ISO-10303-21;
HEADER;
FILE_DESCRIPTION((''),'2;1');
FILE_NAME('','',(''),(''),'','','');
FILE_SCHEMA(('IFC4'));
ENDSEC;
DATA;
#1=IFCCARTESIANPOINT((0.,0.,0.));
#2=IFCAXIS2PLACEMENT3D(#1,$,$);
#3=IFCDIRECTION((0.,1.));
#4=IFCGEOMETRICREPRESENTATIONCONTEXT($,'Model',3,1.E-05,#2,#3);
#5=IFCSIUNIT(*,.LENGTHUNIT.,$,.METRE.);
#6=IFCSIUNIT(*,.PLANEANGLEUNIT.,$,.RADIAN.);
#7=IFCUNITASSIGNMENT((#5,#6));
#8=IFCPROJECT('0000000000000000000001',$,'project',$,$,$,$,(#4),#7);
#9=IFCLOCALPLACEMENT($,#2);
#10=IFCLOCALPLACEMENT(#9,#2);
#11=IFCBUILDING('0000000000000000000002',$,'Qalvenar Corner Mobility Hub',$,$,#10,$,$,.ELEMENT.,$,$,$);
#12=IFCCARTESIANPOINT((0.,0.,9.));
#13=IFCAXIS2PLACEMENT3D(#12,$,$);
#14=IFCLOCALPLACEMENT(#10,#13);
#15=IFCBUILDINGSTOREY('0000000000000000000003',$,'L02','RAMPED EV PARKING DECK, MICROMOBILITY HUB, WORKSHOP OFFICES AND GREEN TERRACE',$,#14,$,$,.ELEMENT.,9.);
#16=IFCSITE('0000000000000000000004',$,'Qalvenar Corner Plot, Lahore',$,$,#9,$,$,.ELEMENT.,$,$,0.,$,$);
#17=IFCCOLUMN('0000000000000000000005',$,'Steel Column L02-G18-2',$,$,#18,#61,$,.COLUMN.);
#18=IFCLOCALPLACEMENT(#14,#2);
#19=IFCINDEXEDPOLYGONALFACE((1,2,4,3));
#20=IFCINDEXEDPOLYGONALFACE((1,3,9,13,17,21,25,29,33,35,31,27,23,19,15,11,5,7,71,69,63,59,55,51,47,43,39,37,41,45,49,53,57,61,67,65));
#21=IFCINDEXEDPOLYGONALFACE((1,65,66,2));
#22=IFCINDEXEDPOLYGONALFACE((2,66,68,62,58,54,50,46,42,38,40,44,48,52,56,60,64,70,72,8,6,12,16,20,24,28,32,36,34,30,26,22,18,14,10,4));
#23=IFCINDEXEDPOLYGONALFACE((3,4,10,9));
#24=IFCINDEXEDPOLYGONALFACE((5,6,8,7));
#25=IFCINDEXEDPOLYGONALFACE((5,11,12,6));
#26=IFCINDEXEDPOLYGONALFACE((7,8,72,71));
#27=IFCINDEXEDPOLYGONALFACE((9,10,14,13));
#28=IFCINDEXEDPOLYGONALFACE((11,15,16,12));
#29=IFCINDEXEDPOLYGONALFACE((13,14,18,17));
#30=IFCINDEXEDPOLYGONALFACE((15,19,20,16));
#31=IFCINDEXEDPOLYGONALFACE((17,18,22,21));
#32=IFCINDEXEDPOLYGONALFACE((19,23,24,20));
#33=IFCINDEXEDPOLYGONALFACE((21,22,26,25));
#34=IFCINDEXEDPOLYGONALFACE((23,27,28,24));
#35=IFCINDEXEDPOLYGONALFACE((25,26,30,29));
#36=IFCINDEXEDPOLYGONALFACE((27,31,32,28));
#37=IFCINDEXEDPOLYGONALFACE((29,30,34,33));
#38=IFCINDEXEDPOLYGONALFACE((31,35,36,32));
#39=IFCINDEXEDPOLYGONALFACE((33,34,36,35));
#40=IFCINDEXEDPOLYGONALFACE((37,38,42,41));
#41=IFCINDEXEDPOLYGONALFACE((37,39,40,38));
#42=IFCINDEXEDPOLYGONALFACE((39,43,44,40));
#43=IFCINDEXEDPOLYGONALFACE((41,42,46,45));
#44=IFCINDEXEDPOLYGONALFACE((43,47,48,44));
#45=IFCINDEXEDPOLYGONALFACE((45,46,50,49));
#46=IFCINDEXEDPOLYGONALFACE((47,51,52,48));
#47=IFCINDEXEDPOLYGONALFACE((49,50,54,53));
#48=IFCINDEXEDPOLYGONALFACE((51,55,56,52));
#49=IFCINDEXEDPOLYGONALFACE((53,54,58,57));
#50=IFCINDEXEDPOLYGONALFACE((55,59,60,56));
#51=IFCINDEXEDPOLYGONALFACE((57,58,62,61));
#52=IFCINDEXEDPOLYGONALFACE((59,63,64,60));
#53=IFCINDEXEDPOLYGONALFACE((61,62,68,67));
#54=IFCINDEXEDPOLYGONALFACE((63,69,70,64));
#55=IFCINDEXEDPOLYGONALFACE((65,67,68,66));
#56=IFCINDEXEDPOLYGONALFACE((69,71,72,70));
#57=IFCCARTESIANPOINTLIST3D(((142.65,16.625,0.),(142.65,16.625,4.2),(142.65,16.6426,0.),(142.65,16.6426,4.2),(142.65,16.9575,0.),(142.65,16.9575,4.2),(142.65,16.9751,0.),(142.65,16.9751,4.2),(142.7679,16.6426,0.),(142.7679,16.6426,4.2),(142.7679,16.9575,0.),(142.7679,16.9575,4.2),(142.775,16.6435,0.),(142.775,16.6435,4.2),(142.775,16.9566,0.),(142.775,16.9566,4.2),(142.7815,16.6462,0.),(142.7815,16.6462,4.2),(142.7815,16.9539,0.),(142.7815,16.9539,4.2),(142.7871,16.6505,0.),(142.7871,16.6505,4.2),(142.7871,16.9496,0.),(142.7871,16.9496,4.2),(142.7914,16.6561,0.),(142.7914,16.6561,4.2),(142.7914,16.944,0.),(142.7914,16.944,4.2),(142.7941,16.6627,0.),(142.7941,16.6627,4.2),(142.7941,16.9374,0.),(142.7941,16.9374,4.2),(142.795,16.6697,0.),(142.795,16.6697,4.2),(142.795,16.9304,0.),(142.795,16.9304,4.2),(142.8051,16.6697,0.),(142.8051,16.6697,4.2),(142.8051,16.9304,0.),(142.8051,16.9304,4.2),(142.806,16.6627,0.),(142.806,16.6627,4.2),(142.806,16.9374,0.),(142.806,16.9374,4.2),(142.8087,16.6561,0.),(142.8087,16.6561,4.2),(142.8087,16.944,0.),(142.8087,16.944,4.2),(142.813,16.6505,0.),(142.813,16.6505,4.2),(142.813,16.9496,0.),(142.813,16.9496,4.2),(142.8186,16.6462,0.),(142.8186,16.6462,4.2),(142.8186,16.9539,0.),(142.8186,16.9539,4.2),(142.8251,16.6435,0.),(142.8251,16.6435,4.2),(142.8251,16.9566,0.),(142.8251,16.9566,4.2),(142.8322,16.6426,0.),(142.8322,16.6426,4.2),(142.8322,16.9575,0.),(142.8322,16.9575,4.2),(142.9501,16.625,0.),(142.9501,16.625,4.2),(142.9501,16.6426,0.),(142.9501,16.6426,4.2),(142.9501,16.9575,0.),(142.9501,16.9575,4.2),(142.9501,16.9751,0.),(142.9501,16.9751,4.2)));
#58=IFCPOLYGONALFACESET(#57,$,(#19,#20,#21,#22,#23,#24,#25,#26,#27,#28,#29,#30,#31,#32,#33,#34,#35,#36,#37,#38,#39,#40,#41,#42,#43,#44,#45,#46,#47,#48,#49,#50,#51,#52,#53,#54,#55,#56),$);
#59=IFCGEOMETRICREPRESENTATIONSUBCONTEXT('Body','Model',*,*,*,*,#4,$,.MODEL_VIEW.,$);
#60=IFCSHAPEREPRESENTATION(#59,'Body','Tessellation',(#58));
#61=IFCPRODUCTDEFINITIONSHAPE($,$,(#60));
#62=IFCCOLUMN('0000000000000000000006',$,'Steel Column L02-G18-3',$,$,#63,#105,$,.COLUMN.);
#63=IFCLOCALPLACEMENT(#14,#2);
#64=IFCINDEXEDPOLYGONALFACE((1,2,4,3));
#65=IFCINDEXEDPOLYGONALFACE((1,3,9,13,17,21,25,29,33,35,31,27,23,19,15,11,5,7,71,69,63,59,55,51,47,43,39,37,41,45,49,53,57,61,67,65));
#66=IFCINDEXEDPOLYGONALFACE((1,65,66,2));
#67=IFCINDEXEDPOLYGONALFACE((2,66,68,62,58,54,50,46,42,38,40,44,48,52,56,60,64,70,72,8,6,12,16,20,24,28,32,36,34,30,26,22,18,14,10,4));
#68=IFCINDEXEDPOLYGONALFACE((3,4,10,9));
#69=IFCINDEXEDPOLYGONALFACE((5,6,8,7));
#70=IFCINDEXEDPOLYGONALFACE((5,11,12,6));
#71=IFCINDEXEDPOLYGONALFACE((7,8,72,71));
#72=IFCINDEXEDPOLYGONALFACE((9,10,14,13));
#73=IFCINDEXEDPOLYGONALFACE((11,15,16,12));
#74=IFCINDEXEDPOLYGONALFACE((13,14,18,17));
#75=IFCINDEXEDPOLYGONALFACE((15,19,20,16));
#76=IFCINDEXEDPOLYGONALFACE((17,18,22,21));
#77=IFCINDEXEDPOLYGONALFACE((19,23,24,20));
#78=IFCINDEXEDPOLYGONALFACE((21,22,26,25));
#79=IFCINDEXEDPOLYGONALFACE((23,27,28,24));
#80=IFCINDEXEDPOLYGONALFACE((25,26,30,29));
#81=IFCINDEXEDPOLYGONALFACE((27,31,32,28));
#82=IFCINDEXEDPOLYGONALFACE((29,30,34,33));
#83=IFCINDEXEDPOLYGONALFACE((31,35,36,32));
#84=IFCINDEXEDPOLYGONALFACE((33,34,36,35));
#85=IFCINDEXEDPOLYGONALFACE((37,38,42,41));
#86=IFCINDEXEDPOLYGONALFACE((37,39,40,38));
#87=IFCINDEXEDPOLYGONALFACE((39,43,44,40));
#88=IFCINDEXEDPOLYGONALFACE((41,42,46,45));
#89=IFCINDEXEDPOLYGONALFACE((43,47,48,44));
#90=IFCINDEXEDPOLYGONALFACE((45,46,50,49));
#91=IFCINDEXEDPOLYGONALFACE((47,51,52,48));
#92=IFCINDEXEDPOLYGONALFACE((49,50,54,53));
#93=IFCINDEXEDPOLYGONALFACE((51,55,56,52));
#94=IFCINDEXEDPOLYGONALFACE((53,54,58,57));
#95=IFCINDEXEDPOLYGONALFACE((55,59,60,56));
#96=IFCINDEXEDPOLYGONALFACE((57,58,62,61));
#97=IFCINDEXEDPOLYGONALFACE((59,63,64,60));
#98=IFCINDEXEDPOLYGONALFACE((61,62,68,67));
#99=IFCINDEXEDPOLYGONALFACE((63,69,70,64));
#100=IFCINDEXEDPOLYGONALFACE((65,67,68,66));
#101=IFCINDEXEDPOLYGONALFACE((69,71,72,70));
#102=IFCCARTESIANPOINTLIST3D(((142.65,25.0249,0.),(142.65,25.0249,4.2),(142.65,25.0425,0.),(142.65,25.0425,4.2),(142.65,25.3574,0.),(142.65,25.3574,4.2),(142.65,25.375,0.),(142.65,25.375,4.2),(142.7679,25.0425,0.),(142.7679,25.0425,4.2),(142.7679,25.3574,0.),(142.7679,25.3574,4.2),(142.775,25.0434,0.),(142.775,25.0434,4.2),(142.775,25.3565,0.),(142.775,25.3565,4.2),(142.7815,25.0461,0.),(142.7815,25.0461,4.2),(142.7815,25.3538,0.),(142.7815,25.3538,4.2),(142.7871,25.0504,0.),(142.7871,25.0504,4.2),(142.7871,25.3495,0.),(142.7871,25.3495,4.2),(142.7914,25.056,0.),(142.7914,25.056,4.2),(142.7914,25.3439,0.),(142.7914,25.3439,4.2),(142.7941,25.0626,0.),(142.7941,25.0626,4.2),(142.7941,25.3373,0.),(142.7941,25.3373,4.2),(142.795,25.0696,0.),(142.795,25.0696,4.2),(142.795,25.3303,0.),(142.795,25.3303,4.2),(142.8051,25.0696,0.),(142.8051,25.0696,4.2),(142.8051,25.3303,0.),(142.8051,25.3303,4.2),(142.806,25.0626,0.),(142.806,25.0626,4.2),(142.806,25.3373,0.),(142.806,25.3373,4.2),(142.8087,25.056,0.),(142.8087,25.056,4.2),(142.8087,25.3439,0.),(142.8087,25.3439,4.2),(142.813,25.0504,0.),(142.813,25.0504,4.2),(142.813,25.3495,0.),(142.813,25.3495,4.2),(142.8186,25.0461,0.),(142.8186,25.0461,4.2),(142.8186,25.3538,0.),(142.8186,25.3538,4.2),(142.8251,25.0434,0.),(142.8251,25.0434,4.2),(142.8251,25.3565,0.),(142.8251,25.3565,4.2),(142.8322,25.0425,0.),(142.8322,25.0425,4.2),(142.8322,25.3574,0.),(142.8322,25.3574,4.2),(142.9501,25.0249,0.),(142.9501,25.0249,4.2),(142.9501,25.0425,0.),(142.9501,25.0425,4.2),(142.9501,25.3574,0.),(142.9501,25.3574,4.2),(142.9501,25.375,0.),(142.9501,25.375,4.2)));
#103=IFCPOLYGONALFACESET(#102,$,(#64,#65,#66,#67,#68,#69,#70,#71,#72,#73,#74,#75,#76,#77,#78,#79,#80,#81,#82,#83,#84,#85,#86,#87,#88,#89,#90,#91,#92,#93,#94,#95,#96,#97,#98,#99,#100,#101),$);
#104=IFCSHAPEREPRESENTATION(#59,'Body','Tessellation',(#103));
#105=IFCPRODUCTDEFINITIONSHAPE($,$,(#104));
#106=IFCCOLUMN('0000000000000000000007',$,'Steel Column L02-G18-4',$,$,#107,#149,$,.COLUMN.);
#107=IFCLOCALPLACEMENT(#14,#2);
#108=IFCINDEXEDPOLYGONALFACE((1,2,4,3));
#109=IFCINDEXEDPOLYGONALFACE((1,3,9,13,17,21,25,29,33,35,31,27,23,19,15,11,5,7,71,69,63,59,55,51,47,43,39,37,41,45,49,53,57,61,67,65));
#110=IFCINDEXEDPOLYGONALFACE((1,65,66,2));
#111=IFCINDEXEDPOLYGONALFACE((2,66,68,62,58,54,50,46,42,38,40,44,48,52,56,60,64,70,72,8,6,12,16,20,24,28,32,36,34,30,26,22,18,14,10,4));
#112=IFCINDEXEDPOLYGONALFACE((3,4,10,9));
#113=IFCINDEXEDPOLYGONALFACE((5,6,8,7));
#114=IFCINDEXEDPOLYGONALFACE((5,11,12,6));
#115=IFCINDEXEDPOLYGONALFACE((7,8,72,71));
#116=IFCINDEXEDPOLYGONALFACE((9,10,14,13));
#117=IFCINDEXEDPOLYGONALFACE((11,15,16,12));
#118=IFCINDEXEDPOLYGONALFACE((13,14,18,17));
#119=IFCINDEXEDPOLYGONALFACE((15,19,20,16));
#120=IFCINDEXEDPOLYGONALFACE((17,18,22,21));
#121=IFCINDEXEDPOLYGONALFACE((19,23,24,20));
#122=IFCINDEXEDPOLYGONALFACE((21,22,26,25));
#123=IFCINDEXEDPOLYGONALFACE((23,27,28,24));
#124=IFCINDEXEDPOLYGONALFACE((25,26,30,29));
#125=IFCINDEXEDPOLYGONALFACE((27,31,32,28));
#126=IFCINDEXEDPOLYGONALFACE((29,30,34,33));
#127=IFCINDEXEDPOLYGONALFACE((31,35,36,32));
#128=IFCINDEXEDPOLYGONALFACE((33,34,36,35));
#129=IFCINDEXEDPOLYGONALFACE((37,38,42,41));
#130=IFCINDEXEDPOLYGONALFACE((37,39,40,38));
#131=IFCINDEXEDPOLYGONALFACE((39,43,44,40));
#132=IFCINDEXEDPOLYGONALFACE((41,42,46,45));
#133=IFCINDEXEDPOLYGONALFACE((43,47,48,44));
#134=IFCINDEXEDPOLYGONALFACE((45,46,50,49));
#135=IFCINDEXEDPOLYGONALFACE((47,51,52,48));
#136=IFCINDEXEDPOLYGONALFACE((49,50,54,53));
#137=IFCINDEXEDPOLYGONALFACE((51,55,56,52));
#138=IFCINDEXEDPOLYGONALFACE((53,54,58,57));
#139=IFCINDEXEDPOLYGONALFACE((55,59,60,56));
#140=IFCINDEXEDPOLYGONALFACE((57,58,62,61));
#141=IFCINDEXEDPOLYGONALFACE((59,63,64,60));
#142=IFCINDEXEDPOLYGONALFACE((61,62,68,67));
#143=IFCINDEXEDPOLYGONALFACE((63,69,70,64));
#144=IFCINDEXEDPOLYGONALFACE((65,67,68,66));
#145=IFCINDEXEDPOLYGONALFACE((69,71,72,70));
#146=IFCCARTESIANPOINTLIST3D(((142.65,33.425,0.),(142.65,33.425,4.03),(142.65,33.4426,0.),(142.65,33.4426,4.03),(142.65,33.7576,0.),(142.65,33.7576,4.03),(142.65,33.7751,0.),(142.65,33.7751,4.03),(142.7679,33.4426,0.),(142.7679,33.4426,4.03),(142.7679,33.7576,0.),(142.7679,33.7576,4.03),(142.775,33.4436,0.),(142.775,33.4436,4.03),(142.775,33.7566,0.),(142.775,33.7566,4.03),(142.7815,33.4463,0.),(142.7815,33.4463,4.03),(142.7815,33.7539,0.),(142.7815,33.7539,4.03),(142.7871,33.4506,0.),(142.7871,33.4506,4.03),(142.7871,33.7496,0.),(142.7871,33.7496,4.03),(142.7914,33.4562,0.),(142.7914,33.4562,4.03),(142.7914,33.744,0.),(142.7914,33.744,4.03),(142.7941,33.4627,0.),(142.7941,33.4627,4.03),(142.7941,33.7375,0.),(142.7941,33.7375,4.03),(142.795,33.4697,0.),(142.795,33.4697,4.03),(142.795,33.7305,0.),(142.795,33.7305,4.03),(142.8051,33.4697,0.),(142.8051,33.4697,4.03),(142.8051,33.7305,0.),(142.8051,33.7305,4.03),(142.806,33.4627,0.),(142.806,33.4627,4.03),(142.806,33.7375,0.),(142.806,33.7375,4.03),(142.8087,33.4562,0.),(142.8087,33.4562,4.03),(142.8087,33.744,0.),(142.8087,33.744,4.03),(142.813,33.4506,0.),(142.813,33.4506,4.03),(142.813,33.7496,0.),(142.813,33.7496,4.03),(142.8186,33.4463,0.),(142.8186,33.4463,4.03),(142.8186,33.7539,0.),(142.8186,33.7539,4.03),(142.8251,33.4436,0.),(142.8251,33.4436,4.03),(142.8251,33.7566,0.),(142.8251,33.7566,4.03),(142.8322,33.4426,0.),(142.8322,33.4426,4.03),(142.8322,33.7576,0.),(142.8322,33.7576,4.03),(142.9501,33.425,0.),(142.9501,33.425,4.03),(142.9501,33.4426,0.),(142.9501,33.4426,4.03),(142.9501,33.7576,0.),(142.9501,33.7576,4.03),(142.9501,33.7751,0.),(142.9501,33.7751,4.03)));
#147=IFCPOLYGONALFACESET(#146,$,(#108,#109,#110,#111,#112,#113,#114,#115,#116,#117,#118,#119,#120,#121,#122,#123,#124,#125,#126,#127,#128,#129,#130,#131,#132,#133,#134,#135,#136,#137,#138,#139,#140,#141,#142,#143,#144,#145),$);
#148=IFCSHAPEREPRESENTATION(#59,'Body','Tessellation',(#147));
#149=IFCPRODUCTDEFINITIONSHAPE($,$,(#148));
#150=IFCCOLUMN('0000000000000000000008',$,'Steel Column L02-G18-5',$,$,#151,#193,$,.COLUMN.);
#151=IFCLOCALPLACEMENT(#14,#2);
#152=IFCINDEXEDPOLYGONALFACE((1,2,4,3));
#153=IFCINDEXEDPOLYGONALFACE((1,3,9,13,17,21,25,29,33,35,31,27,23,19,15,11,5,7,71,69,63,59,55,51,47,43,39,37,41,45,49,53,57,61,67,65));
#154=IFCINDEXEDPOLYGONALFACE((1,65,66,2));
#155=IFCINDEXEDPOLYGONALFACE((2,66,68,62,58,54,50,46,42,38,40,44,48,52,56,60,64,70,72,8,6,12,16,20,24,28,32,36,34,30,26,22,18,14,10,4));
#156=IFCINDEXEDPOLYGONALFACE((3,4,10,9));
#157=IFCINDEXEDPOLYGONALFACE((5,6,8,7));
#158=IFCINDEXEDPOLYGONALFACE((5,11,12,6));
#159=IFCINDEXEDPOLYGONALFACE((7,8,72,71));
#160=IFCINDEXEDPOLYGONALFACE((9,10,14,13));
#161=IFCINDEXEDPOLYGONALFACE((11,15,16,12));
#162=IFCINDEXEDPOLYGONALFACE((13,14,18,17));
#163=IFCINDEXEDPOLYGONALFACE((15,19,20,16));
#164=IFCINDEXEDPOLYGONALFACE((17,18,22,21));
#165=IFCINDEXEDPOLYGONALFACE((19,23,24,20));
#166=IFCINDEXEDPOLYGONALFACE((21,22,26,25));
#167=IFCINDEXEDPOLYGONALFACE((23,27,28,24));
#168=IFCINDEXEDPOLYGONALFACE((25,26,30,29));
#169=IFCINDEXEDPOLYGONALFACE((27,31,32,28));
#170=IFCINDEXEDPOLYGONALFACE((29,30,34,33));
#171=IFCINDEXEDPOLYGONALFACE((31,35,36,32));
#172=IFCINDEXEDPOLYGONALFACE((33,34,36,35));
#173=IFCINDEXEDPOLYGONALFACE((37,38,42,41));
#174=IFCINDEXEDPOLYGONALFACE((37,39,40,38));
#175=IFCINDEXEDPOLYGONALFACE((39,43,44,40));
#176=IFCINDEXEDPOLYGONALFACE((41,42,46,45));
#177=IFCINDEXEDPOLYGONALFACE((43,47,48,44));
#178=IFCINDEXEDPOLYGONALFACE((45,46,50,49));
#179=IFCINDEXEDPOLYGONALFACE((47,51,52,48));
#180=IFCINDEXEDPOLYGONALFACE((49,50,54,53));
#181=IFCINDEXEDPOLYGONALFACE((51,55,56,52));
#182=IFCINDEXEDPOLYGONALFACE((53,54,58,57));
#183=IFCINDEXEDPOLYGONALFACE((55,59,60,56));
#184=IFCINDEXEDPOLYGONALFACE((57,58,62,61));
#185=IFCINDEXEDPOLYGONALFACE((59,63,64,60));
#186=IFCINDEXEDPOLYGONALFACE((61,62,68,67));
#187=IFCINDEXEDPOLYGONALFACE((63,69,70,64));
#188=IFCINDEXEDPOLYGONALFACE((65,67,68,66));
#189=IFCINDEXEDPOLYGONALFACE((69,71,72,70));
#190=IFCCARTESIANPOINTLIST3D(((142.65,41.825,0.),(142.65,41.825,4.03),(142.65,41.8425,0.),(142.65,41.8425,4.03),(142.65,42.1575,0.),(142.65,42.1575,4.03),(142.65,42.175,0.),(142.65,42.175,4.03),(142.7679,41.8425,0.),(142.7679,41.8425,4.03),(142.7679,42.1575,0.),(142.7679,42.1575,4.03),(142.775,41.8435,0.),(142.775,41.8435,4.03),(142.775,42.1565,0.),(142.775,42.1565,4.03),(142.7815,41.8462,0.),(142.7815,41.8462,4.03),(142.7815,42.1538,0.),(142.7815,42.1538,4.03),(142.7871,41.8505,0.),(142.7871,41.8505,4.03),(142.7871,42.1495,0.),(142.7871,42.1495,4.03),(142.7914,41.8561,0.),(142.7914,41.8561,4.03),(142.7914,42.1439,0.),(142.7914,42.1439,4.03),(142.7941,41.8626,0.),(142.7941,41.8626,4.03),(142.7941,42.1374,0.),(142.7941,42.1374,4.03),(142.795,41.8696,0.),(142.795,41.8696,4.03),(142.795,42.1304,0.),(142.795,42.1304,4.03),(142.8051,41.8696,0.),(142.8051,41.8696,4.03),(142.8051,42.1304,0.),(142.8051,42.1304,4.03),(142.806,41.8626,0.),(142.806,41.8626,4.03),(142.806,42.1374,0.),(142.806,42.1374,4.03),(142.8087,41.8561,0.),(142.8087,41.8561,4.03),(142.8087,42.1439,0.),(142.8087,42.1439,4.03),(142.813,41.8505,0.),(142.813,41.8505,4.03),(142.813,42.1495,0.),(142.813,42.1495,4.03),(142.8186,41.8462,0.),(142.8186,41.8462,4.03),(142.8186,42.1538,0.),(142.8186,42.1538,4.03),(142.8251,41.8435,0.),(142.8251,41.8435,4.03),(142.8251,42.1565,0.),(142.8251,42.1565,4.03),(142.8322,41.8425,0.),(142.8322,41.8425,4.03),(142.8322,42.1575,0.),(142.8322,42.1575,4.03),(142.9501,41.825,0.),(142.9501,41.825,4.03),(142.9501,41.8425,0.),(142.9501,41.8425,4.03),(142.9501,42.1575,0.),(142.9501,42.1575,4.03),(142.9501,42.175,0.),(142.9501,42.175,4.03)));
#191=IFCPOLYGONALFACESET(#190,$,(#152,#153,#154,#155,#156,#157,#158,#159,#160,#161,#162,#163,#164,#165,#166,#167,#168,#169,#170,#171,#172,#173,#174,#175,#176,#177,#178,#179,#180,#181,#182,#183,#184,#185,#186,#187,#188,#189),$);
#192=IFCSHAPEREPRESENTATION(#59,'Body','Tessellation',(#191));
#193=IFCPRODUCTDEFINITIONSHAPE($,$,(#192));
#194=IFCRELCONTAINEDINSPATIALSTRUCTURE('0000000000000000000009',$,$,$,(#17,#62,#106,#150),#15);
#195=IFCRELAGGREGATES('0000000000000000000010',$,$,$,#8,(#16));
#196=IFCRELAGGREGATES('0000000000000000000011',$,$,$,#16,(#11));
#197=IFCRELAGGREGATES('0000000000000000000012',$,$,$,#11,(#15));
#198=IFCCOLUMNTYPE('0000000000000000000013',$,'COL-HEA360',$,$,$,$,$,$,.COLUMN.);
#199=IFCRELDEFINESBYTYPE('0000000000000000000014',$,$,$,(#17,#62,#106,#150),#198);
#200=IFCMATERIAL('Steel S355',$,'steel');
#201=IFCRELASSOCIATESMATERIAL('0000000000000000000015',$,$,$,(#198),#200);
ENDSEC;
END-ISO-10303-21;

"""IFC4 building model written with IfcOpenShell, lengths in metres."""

from ifc_helpers import new_model, si_unit, direction, frame, origin, origin_2d, place, context, subcontext, project, spatial, i_section, extrude, material, material_profile, profile_set, type_object, element, save


model = new_model("IFC4")

# Units and contexts
model_context = context("Model", 3, precision=1e-05, world=origin(), true_north=direction((0.0, 1.0)))
body_context = subcontext(model_context, "Body", "Model", "MODEL_VIEW")
ifc_project = project(units=[si_unit("LENGTHUNIT", "METRE"), si_unit("PLANEANGLEUNIT", "RADIAN")], contexts=[model_context])

# Site, building, storey
site_placement = place(None, origin())
site = spatial("IfcSite", under=ifc_project, at=site_placement, Name="Qalvenar Corner Plot, Lahore", CompositionType="ELEMENT", RefElevation=0.0)
building_placement = place(site_placement, origin())
building = spatial("IfcBuilding", under=site, at=building_placement, Name="Qalvenar Corner Mobility Hub", CompositionType="ELEMENT")
storey_placement = place(building_placement, frame((0.0, 0.0, 9.0)))
storey = spatial("IfcBuildingStorey", under=building, at=storey_placement, Name="L02", Description="RAMPED EV PARKING DECK, MICROMOBILITY HUB, WORKSHOP OFFICES AND GREEN TERRACE", CompositionType="ELEMENT", Elevation=9.0)

# Columns
ifc_material_1 = material(Name="Steel S355", Category="steel")
ifc_material_profile_1 = material_profile(ifc_material_1, i_section(OverallWidth=0.3, OverallDepth=0.3501, WebThickness=0.01, FlangeThickness=0.0176, FilletRadius=0.0271, at=origin_2d()), Name="HEA360")
ifc_profile_set_1 = profile_set([ifc_material_profile_1], Name="Steel S355")
column_type_1 = type_object("IfcColumnType", Name="COL-HEA360", PredefinedType="COLUMN", material=ifc_profile_set_1)
for number, where, z_axis, x_axis, name in (
    (1, (142.8, 16.8, 0.0), (0.0, 0.0, 1.0), (1.0, 0.0, 0.0), "Steel Column L02-G18-2"),
    (2, (142.8, 25.2, 0.0), (0.0, 0.0, 1.0), (1.0, 0.0, 0.0), "Steel Column L02-G18-3"),
):
    element("IfcColumn", number, at=place(storey_placement, frame(where, z_axis=z_axis, x_axis=x_axis)), inside=storey, type_object=column_type_1, Name=name, PredefinedType="COLUMN", context=body_context, shape_type="SweptSolid", body=[
        extrude(i_section(OverallWidth=0.3, OverallDepth=0.3501, WebThickness=0.01, FlangeThickness=0.0176, FilletRadius=0.0271, at=origin_2d()), origin(), (0.0, 0.0, 1.0), 4.2),
    ])
for number, where, z_axis, x_axis, name in (
    (3, (142.8, 33.6001, 0.0), (0.0, 0.0, 1.0), (1.0, 0.0, 0.0), "Steel Column L02-G18-4"),
    (4, (142.8, 42.0, 0.0), (0.0, 0.0, 1.0), (1.0, 0.0, 0.0), "Steel Column L02-G18-5"),
):
    element("IfcColumn", number, at=place(storey_placement, frame(where, z_axis=z_axis, x_axis=x_axis)), inside=storey, type_object=column_type_1, Name=name, PredefinedType="COLUMN", context=body_context, shape_type="SweptSolid", body=[
        extrude(i_section(OverallWidth=0.3, OverallDepth=0.3501, WebThickness=0.01, FlangeThickness=0.0176, FilletRadius=0.0271, at=origin_2d()), origin(), (0.0, 0.0, 1.0), 4.03),
    ])

save(model, "model.ifc")
